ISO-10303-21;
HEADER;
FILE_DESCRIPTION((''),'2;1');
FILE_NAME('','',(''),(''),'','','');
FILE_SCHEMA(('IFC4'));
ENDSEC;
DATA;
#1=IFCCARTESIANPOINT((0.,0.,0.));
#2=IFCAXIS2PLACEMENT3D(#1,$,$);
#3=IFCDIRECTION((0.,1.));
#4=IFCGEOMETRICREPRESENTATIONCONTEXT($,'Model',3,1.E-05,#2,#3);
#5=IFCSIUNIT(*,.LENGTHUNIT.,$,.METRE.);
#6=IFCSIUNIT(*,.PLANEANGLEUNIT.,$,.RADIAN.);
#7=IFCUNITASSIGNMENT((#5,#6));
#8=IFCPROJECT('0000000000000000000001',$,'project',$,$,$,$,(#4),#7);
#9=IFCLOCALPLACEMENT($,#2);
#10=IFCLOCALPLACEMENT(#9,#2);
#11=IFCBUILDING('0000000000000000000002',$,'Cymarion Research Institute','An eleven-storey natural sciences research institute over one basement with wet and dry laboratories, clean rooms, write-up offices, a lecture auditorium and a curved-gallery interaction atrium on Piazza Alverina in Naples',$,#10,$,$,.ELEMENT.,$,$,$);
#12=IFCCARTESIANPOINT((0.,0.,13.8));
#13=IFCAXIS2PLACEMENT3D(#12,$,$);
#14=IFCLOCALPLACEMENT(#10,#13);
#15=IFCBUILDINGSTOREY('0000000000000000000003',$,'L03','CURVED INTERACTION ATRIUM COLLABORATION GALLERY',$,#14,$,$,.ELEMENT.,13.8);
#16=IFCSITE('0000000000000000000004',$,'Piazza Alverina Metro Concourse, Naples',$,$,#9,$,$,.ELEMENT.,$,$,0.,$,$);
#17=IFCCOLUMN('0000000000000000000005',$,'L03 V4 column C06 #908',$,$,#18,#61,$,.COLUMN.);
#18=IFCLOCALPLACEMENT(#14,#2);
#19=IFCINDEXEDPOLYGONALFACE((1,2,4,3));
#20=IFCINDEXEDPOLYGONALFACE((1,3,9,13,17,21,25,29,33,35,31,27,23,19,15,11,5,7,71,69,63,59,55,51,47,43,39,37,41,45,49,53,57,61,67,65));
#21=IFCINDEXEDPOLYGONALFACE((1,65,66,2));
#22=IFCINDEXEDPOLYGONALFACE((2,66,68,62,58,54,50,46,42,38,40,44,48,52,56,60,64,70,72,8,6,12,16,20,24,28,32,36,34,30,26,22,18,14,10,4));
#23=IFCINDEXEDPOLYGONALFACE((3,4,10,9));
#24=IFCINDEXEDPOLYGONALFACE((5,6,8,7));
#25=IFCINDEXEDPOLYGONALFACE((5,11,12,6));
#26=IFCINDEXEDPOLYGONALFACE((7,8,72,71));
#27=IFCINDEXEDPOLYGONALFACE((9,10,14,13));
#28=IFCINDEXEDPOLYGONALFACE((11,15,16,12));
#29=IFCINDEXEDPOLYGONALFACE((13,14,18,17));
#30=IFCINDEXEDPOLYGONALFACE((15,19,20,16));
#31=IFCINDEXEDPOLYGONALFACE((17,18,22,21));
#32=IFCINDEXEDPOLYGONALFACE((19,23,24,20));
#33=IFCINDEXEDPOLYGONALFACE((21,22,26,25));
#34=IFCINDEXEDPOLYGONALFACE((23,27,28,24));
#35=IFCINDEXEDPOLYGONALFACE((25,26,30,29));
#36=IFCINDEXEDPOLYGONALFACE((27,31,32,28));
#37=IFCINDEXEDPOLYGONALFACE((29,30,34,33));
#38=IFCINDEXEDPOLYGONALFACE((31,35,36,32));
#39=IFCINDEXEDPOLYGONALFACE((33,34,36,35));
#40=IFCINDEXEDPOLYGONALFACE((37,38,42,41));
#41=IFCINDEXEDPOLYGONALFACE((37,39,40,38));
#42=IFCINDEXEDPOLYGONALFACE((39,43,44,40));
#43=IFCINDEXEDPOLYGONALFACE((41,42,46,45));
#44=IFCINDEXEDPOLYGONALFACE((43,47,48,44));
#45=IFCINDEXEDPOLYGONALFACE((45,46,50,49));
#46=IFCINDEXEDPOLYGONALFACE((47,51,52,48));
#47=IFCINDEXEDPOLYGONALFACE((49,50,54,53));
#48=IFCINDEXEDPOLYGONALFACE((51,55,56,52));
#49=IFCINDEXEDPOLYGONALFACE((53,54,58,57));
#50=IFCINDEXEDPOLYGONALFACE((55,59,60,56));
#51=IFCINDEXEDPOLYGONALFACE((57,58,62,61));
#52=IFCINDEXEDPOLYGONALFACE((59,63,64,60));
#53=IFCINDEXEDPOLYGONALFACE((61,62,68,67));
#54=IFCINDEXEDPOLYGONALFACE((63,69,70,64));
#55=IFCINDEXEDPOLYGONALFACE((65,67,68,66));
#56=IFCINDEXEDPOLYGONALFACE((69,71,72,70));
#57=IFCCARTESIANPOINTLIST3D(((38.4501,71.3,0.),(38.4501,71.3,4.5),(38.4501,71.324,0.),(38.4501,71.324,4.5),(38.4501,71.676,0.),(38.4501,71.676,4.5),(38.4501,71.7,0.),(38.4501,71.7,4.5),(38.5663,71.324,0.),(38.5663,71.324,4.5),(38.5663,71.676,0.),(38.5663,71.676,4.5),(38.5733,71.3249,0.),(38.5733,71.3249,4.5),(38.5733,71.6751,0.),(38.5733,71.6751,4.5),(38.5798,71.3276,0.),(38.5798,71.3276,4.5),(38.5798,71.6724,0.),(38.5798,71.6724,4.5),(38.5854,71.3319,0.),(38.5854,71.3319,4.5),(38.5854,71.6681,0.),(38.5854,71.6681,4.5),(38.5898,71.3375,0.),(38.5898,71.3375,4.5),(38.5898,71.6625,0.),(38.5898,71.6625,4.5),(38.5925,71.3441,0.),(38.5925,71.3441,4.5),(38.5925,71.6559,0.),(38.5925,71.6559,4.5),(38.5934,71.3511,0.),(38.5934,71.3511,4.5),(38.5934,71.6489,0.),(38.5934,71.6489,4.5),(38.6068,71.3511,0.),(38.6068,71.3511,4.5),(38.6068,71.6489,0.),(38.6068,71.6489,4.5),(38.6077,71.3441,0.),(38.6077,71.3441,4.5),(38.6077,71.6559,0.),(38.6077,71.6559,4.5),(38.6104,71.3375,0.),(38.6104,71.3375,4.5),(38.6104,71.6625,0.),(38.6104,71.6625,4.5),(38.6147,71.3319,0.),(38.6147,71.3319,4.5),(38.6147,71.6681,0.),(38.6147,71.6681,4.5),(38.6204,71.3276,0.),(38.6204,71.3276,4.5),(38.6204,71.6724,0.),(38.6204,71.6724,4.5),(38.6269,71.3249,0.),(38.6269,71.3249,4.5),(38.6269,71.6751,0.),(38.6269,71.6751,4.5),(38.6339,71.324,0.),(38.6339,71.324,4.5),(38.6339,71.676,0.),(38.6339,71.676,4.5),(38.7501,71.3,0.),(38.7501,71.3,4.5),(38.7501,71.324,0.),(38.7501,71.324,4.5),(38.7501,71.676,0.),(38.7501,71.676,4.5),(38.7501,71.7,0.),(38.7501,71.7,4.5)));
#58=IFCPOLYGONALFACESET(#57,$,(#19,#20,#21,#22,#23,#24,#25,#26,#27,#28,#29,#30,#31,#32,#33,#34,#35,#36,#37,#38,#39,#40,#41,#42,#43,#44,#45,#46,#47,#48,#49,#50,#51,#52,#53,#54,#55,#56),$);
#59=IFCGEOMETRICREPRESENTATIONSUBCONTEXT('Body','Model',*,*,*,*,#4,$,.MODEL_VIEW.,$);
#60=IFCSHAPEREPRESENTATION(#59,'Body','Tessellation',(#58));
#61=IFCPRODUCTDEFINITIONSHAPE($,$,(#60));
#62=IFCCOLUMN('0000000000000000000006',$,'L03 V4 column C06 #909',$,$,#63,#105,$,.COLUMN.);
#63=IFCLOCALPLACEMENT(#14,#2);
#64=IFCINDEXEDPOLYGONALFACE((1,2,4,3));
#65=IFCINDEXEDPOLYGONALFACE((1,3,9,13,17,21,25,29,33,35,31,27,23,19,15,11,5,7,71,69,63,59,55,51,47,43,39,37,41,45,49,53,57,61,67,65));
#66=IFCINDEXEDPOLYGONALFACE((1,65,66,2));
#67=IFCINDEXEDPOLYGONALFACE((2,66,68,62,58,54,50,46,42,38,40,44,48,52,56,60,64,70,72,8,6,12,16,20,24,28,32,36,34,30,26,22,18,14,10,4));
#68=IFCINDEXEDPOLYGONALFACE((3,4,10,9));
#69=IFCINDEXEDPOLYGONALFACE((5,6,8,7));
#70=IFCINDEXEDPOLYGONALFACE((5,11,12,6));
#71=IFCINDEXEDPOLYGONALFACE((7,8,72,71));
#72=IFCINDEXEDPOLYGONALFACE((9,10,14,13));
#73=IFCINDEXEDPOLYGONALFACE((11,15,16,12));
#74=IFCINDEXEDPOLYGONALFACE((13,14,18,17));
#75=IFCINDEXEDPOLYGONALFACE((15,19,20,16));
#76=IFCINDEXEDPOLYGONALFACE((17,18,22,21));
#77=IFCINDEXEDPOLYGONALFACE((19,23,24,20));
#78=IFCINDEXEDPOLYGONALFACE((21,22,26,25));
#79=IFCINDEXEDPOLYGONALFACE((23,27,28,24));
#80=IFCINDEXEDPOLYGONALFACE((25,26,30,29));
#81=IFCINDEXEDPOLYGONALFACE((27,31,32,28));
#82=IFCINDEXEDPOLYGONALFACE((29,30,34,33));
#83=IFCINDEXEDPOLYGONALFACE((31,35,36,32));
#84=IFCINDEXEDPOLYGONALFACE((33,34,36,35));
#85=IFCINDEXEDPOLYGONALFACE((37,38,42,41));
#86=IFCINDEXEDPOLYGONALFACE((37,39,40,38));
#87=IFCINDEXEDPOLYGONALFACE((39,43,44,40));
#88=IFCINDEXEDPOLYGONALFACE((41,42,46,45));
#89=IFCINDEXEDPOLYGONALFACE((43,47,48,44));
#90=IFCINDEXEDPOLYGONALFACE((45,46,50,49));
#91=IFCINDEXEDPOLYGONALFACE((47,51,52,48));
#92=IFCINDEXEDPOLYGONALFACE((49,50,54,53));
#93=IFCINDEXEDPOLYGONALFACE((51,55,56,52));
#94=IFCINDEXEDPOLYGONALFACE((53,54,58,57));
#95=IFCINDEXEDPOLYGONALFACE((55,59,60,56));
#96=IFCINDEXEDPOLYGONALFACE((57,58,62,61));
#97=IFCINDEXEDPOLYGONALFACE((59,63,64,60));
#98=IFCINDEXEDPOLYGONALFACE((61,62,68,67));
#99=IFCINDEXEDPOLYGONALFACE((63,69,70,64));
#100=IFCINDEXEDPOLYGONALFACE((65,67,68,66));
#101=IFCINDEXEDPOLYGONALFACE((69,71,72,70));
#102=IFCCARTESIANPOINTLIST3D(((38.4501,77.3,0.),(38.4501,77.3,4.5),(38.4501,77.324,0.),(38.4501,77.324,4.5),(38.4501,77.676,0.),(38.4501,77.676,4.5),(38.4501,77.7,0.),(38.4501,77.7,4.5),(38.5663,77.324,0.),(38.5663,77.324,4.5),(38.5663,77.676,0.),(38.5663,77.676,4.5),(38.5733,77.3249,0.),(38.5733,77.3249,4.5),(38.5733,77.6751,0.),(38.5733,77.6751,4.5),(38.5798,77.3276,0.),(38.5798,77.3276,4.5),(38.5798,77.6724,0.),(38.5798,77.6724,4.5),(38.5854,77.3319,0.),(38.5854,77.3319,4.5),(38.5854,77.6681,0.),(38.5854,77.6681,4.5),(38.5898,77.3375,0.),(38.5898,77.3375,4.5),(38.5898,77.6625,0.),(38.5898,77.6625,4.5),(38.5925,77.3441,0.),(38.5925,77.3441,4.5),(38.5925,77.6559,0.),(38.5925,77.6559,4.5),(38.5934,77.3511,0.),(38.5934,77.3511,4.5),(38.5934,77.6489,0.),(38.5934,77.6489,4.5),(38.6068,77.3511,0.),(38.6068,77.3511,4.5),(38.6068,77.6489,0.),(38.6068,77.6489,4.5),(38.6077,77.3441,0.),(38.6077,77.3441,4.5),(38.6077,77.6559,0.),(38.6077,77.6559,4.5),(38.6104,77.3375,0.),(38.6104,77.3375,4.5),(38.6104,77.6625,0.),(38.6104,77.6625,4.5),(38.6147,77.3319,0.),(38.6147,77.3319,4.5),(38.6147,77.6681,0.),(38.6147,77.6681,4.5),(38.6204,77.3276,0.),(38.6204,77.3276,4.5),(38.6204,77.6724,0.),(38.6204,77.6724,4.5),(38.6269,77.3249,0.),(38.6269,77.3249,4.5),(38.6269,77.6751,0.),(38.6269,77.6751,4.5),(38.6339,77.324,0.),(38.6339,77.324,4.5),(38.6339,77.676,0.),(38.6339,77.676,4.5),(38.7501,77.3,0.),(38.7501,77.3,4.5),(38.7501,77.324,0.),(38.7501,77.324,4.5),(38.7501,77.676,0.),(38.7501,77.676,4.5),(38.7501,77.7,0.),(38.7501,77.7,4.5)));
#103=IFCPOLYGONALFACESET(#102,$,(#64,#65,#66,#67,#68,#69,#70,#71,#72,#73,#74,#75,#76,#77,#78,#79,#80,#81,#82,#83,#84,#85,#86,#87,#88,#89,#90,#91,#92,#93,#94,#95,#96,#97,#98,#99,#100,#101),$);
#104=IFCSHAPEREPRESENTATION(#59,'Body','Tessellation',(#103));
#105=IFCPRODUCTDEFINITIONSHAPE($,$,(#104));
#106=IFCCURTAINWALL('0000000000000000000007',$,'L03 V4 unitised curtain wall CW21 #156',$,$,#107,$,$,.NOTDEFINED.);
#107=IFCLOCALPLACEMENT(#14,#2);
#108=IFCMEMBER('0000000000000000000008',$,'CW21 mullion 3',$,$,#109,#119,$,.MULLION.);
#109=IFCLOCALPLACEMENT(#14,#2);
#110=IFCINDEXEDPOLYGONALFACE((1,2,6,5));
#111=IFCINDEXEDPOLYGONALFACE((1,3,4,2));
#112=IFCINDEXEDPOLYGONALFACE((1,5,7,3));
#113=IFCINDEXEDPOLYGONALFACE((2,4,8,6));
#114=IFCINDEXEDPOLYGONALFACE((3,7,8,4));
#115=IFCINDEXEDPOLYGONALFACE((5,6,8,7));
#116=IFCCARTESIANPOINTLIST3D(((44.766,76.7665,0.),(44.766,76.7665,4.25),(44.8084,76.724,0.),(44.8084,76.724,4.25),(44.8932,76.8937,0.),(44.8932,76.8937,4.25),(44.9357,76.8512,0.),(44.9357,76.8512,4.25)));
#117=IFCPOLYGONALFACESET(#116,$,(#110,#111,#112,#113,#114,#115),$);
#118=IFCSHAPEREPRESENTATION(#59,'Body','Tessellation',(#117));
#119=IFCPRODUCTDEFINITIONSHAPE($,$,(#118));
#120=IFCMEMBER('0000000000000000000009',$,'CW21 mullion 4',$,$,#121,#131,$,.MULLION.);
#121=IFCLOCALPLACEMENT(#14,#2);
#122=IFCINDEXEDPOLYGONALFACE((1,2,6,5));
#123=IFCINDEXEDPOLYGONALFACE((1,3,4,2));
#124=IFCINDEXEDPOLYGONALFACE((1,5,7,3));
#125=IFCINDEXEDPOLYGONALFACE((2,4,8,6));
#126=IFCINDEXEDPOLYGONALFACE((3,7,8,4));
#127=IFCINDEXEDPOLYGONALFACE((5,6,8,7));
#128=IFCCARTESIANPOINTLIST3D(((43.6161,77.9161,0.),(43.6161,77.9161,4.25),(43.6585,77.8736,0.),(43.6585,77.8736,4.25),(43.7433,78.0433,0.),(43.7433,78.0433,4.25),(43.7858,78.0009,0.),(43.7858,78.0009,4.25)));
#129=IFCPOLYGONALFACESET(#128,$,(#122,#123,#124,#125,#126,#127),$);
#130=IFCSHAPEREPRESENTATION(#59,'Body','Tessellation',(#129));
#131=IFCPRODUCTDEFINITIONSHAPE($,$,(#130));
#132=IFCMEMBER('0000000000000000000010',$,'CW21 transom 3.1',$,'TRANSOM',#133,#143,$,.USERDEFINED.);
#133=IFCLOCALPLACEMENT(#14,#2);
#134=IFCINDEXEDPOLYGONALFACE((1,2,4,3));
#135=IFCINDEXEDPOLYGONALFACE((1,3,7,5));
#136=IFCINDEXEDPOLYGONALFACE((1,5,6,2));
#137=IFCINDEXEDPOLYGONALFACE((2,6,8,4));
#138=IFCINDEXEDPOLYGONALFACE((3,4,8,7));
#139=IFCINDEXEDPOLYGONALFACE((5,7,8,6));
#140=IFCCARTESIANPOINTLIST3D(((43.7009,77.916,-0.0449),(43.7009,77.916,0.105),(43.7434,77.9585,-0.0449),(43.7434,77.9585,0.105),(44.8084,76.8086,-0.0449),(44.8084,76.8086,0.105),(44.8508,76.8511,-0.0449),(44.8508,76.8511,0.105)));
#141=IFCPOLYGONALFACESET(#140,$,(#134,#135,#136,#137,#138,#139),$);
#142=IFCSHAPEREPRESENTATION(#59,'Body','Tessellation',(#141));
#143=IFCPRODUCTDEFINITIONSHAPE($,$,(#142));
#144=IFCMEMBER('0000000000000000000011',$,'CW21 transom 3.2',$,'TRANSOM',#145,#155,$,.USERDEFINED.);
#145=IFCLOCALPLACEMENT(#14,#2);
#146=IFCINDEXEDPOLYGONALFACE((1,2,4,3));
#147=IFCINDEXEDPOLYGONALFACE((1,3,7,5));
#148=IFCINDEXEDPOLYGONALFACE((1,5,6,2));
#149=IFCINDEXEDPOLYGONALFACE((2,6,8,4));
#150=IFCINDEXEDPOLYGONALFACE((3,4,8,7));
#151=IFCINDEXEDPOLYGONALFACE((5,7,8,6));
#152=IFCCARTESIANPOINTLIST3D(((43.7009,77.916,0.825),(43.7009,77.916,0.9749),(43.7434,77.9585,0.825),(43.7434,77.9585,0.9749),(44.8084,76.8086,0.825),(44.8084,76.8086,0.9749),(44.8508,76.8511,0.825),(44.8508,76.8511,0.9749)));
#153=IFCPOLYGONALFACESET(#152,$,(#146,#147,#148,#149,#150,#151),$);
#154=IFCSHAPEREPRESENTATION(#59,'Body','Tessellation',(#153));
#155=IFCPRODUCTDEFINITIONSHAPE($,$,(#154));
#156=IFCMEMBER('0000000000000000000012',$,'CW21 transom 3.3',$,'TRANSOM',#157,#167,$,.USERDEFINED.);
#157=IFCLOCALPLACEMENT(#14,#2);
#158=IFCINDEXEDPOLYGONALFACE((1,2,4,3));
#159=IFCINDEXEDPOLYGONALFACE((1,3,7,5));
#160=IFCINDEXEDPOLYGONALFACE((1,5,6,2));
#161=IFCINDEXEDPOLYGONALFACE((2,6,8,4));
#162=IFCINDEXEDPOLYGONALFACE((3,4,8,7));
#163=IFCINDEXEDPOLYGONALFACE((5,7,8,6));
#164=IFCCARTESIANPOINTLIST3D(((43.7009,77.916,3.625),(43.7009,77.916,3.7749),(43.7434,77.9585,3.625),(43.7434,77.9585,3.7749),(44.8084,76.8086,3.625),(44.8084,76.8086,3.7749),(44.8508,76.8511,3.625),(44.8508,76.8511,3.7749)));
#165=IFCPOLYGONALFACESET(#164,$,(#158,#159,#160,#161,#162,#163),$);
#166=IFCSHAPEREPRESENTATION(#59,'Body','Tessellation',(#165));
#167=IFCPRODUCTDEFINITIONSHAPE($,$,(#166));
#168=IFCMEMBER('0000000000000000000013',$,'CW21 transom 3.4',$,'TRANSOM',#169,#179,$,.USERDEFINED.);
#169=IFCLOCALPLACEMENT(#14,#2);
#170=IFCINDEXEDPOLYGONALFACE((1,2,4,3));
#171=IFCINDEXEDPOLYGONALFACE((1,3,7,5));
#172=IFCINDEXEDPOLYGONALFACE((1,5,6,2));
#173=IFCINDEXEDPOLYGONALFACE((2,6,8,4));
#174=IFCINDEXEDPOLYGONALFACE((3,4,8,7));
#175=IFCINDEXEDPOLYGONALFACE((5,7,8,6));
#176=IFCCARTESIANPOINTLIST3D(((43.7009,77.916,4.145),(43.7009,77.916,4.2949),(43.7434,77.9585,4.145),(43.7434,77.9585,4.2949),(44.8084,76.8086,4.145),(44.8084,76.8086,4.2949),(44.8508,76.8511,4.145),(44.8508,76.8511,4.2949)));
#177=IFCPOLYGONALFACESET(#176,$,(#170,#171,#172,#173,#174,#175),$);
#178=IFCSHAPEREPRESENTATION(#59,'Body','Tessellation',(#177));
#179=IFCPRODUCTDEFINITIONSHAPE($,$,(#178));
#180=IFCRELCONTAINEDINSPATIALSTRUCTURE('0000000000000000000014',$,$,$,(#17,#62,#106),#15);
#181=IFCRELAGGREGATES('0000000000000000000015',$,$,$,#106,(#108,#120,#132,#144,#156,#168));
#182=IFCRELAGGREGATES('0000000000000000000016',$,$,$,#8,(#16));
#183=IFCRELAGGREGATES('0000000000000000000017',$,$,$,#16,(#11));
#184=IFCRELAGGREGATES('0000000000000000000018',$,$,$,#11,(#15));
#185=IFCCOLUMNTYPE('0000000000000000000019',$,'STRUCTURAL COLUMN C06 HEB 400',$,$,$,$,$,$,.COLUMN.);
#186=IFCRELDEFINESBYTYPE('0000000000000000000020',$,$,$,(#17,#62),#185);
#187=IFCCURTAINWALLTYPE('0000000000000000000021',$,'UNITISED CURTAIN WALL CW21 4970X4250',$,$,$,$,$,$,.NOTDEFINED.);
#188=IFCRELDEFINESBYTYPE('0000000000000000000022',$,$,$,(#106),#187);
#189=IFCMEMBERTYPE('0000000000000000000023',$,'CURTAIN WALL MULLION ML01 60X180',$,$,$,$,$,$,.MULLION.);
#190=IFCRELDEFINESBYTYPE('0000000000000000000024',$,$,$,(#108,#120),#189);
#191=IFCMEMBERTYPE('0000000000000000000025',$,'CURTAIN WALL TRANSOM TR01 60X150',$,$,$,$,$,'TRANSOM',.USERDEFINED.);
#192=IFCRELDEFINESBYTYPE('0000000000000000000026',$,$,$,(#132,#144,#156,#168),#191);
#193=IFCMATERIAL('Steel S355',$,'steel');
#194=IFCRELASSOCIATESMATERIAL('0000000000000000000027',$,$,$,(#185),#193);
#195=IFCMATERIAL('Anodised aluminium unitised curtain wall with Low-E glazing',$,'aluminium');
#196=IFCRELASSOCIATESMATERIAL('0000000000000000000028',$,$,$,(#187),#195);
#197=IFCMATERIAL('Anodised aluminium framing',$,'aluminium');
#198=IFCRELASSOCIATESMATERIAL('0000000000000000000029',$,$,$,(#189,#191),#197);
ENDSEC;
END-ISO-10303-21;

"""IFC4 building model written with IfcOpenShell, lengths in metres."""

from ifc_helpers import new_model, si_unit, direction, frame, origin, origin_2d, place, context, subcontext, project, spatial, rectangle, i_section, extrude, material, material_profile, profile_set, type_object, element, aggregate, save


model = new_model("IFC4")

# Units and contexts
model_context = context("Model", 3, precision=1e-05, world=origin(), true_north=direction((0.0, 1.0)))
body_context = subcontext(model_context, "Body", "Model", "MODEL_VIEW")
ifc_project = project(units=[si_unit("LENGTHUNIT", "METRE"), si_unit("PLANEANGLEUNIT", "RADIAN")], contexts=[model_context])

# Site, building, storey
site_placement = place(None, origin())
site = spatial("IfcSite", under=ifc_project, at=site_placement, Name="Piazza Alverina Metro Concourse, Naples", CompositionType="ELEMENT", RefElevation=0.0)
building_placement = place(site_placement, origin())
building = spatial("IfcBuilding", under=site, at=building_placement, Name="Cymarion Research Institute", Description="An eleven-storey natural sciences research institute over one basement with wet and dry laboratories, clean rooms, write-up offices, a lecture auditorium and a curved-gallery interaction atrium on Piazza Alverina in Naples", CompositionType="ELEMENT")
storey_placement = place(building_placement, frame((0.0, 0.0, 13.8)))
storey = spatial("IfcBuildingStorey", under=building, at=storey_placement, Name="L03", Description="CURVED INTERACTION ATRIUM COLLABORATION GALLERY", CompositionType="ELEMENT", Elevation=13.8)

# Columns
ifc_material_1 = material(Name="Steel S355", Category="steel")
ifc_material_profile_1 = material_profile(ifc_material_1, i_section(OverallWidth=0.3, OverallDepth=0.3999, WebThickness=0.0134, FlangeThickness=0.0239, FilletRadius=0.0271, at=origin_2d()), Name="HEB 400")
ifc_profile_set_1 = profile_set([ifc_material_profile_1], Name="Steel S355")
column_type = type_object("IfcColumnType", Name="STRUCTURAL COLUMN C06 HEB 400", PredefinedType="COLUMN", material=ifc_profile_set_1)
for number, where, z_axis, x_axis, name in (
    (1, (38.6001, 71.5, 0.0), (0.0, 0.0, 1.0), (1.0, 0.0, 0.0), "L03 V4 column C06 #908"),
    (2, (38.6001, 77.5, 0.0), (0.0, 0.0, 1.0), (1.0, 0.0, 0.0), "L03 V4 column C06 #909"),
):
    element("IfcColumn", number, at=place(storey_placement, frame(where, z_axis=z_axis, x_axis=x_axis)), inside=storey, type_object=column_type, Name=name, PredefinedType="COLUMN", context=body_context, shape_type="SweptSolid", body=[
        extrude(i_section(OverallWidth=0.3, OverallDepth=0.3999, WebThickness=0.0134, FlangeThickness=0.0239, FilletRadius=0.0271, at=origin_2d()), origin(), (0.0, 0.0, 1.0), 4.5),
    ])

# Curtain wall, members
ifc_material_2 = material(Name="Anodised aluminium unitised curtain wall with Low-E glazing", Category="aluminium")
curtain_wall_type = type_object("IfcCurtainWallType", Name="UNITISED CURTAIN WALL CW21 4970X4250", PredefinedType="NOTDEFINED", material=ifc_material_2)
curtain_wall_placement = place(storey_placement, origin())
curtain_wall = element("IfcCurtainWall", 3, at=curtain_wall_placement, inside=storey, type_object=curtain_wall_type, Name="L03 V4 unitised curtain wall CW21 #156", PredefinedType="NOTDEFINED")
ifc_material_3 = material(Name="Anodised aluminium framing", Category="aluminium")
ifc_material_profile_2 = material_profile(ifc_material_3, rectangle(XDim=0.0601, YDim=0.1799, at=origin_2d()), Name="ALU MULLION 60x180")
ifc_profile_set_2 = profile_set([ifc_material_profile_2], Name="Anodised aluminium framing")
member_type_1 = type_object("IfcMemberType", Name="CURTAIN WALL MULLION ML01 60X180", PredefinedType="MULLION", material=ifc_profile_set_2)
member_1_placement = place(storey_placement, frame((44.8508, 76.8088, 0.0), z_axis=(0.0, 0.0, 1.0), x_axis=(-0.707097, 0.707117, 0.0)))
member_1 = element("IfcMember", 4, at=member_1_placement, type_object=member_type_1, Name="CW21 mullion 3", PredefinedType="MULLION", context=body_context, shape_type="SweptSolid", body=[
    extrude(rectangle(XDim=0.0601, YDim=0.1799, at=origin_2d()), origin(), (0.0, 0.0, 1.0), 4.25),
])
member_2_placement = place(storey_placement, frame((43.7009, 77.9585, 0.0), z_axis=(0.0, 0.0, 1.0), x_axis=(-0.707097, 0.707117, 0.0)))
member_2 = element("IfcMember", 5, at=member_2_placement, type_object=member_type_1, Name="CW21 mullion 4", PredefinedType="MULLION", context=body_context, shape_type="SweptSolid", body=[
    extrude(rectangle(XDim=0.0601, YDim=0.1799, at=origin_2d()), origin(), (0.0, 0.0, 1.0), 4.25),
])
ifc_material_profile_3 = material_profile(ifc_material_3, rectangle(XDim=0.0601, YDim=0.1499, at=origin_2d()), Name="ALU TRANSOM 60x150")
ifc_profile_set_3 = profile_set([ifc_material_profile_3], Name="Anodised aluminium framing")
member_type_2 = type_object("IfcMemberType", Name="CURTAIN WALL TRANSOM TR01 60X150", ElementType="TRANSOM", PredefinedType="USERDEFINED", material=ifc_profile_set_3)
member_3_placement = place(storey_placement, frame((44.8296, 76.8298, 0.03), z_axis=(-0.707107, 0.707107, 0.0), x_axis=(-0.707107, -0.707107, 0.0)))
member_3 = element("IfcMember", 6, at=member_3_placement, type_object=member_type_2, Name="CW21 transom 3.1", ObjectType="TRANSOM", PredefinedType="USERDEFINED", context=body_context, shape_type="SweptSolid", body=[
    extrude(rectangle(XDim=0.0601, YDim=0.1499, at=origin_2d()), origin(), (0.0, 0.0, 1.0), 1.5662),
])
member_4_placement = place(storey_placement, frame((44.8296, 76.8298, 0.8999), z_axis=(-0.707107, 0.707107, 0.0), x_axis=(-0.707107, -0.707107, 0.0)))
member_4 = element("IfcMember", 7, at=member_4_placement, type_object=member_type_2, Name="CW21 transom 3.2", ObjectType="TRANSOM", PredefinedType="USERDEFINED", context=body_context, shape_type="SweptSolid", body=[
    extrude(rectangle(XDim=0.0601, YDim=0.1499, at=origin_2d()), origin(), (0.0, 0.0, 1.0), 1.5662),
])
member_5_placement = place(storey_placement, frame((44.8296, 76.8298, 3.7), z_axis=(-0.707107, 0.707107, 0.0), x_axis=(-0.707107, -0.707107, 0.0)))
member_5 = element("IfcMember", 8, at=member_5_placement, type_object=member_type_2, Name="CW21 transom 3.3", ObjectType="TRANSOM", PredefinedType="USERDEFINED", context=body_context, shape_type="SweptSolid", body=[
    extrude(rectangle(XDim=0.0601, YDim=0.1499, at=origin_2d()), origin(), (0.0, 0.0, 1.0), 1.5662),
])
member_6_placement = place(storey_placement, frame((44.8296, 76.8298, 4.22), z_axis=(-0.707107, 0.707107, 0.0), x_axis=(-0.707107, -0.707107, 0.0)))
member_6 = element("IfcMember", 9, at=member_6_placement, type_object=member_type_2, Name="CW21 transom 3.4", ObjectType="TRANSOM", PredefinedType="USERDEFINED", context=body_context, shape_type="SweptSolid", body=[
    extrude(rectangle(XDim=0.0601, YDim=0.1499, at=origin_2d()), origin(), (0.0, 0.0, 1.0), 1.5662),
])

aggregate(curtain_wall, [member_1, member_2, member_3, member_4, member_5, member_6])

save(model, "model.ifc")
